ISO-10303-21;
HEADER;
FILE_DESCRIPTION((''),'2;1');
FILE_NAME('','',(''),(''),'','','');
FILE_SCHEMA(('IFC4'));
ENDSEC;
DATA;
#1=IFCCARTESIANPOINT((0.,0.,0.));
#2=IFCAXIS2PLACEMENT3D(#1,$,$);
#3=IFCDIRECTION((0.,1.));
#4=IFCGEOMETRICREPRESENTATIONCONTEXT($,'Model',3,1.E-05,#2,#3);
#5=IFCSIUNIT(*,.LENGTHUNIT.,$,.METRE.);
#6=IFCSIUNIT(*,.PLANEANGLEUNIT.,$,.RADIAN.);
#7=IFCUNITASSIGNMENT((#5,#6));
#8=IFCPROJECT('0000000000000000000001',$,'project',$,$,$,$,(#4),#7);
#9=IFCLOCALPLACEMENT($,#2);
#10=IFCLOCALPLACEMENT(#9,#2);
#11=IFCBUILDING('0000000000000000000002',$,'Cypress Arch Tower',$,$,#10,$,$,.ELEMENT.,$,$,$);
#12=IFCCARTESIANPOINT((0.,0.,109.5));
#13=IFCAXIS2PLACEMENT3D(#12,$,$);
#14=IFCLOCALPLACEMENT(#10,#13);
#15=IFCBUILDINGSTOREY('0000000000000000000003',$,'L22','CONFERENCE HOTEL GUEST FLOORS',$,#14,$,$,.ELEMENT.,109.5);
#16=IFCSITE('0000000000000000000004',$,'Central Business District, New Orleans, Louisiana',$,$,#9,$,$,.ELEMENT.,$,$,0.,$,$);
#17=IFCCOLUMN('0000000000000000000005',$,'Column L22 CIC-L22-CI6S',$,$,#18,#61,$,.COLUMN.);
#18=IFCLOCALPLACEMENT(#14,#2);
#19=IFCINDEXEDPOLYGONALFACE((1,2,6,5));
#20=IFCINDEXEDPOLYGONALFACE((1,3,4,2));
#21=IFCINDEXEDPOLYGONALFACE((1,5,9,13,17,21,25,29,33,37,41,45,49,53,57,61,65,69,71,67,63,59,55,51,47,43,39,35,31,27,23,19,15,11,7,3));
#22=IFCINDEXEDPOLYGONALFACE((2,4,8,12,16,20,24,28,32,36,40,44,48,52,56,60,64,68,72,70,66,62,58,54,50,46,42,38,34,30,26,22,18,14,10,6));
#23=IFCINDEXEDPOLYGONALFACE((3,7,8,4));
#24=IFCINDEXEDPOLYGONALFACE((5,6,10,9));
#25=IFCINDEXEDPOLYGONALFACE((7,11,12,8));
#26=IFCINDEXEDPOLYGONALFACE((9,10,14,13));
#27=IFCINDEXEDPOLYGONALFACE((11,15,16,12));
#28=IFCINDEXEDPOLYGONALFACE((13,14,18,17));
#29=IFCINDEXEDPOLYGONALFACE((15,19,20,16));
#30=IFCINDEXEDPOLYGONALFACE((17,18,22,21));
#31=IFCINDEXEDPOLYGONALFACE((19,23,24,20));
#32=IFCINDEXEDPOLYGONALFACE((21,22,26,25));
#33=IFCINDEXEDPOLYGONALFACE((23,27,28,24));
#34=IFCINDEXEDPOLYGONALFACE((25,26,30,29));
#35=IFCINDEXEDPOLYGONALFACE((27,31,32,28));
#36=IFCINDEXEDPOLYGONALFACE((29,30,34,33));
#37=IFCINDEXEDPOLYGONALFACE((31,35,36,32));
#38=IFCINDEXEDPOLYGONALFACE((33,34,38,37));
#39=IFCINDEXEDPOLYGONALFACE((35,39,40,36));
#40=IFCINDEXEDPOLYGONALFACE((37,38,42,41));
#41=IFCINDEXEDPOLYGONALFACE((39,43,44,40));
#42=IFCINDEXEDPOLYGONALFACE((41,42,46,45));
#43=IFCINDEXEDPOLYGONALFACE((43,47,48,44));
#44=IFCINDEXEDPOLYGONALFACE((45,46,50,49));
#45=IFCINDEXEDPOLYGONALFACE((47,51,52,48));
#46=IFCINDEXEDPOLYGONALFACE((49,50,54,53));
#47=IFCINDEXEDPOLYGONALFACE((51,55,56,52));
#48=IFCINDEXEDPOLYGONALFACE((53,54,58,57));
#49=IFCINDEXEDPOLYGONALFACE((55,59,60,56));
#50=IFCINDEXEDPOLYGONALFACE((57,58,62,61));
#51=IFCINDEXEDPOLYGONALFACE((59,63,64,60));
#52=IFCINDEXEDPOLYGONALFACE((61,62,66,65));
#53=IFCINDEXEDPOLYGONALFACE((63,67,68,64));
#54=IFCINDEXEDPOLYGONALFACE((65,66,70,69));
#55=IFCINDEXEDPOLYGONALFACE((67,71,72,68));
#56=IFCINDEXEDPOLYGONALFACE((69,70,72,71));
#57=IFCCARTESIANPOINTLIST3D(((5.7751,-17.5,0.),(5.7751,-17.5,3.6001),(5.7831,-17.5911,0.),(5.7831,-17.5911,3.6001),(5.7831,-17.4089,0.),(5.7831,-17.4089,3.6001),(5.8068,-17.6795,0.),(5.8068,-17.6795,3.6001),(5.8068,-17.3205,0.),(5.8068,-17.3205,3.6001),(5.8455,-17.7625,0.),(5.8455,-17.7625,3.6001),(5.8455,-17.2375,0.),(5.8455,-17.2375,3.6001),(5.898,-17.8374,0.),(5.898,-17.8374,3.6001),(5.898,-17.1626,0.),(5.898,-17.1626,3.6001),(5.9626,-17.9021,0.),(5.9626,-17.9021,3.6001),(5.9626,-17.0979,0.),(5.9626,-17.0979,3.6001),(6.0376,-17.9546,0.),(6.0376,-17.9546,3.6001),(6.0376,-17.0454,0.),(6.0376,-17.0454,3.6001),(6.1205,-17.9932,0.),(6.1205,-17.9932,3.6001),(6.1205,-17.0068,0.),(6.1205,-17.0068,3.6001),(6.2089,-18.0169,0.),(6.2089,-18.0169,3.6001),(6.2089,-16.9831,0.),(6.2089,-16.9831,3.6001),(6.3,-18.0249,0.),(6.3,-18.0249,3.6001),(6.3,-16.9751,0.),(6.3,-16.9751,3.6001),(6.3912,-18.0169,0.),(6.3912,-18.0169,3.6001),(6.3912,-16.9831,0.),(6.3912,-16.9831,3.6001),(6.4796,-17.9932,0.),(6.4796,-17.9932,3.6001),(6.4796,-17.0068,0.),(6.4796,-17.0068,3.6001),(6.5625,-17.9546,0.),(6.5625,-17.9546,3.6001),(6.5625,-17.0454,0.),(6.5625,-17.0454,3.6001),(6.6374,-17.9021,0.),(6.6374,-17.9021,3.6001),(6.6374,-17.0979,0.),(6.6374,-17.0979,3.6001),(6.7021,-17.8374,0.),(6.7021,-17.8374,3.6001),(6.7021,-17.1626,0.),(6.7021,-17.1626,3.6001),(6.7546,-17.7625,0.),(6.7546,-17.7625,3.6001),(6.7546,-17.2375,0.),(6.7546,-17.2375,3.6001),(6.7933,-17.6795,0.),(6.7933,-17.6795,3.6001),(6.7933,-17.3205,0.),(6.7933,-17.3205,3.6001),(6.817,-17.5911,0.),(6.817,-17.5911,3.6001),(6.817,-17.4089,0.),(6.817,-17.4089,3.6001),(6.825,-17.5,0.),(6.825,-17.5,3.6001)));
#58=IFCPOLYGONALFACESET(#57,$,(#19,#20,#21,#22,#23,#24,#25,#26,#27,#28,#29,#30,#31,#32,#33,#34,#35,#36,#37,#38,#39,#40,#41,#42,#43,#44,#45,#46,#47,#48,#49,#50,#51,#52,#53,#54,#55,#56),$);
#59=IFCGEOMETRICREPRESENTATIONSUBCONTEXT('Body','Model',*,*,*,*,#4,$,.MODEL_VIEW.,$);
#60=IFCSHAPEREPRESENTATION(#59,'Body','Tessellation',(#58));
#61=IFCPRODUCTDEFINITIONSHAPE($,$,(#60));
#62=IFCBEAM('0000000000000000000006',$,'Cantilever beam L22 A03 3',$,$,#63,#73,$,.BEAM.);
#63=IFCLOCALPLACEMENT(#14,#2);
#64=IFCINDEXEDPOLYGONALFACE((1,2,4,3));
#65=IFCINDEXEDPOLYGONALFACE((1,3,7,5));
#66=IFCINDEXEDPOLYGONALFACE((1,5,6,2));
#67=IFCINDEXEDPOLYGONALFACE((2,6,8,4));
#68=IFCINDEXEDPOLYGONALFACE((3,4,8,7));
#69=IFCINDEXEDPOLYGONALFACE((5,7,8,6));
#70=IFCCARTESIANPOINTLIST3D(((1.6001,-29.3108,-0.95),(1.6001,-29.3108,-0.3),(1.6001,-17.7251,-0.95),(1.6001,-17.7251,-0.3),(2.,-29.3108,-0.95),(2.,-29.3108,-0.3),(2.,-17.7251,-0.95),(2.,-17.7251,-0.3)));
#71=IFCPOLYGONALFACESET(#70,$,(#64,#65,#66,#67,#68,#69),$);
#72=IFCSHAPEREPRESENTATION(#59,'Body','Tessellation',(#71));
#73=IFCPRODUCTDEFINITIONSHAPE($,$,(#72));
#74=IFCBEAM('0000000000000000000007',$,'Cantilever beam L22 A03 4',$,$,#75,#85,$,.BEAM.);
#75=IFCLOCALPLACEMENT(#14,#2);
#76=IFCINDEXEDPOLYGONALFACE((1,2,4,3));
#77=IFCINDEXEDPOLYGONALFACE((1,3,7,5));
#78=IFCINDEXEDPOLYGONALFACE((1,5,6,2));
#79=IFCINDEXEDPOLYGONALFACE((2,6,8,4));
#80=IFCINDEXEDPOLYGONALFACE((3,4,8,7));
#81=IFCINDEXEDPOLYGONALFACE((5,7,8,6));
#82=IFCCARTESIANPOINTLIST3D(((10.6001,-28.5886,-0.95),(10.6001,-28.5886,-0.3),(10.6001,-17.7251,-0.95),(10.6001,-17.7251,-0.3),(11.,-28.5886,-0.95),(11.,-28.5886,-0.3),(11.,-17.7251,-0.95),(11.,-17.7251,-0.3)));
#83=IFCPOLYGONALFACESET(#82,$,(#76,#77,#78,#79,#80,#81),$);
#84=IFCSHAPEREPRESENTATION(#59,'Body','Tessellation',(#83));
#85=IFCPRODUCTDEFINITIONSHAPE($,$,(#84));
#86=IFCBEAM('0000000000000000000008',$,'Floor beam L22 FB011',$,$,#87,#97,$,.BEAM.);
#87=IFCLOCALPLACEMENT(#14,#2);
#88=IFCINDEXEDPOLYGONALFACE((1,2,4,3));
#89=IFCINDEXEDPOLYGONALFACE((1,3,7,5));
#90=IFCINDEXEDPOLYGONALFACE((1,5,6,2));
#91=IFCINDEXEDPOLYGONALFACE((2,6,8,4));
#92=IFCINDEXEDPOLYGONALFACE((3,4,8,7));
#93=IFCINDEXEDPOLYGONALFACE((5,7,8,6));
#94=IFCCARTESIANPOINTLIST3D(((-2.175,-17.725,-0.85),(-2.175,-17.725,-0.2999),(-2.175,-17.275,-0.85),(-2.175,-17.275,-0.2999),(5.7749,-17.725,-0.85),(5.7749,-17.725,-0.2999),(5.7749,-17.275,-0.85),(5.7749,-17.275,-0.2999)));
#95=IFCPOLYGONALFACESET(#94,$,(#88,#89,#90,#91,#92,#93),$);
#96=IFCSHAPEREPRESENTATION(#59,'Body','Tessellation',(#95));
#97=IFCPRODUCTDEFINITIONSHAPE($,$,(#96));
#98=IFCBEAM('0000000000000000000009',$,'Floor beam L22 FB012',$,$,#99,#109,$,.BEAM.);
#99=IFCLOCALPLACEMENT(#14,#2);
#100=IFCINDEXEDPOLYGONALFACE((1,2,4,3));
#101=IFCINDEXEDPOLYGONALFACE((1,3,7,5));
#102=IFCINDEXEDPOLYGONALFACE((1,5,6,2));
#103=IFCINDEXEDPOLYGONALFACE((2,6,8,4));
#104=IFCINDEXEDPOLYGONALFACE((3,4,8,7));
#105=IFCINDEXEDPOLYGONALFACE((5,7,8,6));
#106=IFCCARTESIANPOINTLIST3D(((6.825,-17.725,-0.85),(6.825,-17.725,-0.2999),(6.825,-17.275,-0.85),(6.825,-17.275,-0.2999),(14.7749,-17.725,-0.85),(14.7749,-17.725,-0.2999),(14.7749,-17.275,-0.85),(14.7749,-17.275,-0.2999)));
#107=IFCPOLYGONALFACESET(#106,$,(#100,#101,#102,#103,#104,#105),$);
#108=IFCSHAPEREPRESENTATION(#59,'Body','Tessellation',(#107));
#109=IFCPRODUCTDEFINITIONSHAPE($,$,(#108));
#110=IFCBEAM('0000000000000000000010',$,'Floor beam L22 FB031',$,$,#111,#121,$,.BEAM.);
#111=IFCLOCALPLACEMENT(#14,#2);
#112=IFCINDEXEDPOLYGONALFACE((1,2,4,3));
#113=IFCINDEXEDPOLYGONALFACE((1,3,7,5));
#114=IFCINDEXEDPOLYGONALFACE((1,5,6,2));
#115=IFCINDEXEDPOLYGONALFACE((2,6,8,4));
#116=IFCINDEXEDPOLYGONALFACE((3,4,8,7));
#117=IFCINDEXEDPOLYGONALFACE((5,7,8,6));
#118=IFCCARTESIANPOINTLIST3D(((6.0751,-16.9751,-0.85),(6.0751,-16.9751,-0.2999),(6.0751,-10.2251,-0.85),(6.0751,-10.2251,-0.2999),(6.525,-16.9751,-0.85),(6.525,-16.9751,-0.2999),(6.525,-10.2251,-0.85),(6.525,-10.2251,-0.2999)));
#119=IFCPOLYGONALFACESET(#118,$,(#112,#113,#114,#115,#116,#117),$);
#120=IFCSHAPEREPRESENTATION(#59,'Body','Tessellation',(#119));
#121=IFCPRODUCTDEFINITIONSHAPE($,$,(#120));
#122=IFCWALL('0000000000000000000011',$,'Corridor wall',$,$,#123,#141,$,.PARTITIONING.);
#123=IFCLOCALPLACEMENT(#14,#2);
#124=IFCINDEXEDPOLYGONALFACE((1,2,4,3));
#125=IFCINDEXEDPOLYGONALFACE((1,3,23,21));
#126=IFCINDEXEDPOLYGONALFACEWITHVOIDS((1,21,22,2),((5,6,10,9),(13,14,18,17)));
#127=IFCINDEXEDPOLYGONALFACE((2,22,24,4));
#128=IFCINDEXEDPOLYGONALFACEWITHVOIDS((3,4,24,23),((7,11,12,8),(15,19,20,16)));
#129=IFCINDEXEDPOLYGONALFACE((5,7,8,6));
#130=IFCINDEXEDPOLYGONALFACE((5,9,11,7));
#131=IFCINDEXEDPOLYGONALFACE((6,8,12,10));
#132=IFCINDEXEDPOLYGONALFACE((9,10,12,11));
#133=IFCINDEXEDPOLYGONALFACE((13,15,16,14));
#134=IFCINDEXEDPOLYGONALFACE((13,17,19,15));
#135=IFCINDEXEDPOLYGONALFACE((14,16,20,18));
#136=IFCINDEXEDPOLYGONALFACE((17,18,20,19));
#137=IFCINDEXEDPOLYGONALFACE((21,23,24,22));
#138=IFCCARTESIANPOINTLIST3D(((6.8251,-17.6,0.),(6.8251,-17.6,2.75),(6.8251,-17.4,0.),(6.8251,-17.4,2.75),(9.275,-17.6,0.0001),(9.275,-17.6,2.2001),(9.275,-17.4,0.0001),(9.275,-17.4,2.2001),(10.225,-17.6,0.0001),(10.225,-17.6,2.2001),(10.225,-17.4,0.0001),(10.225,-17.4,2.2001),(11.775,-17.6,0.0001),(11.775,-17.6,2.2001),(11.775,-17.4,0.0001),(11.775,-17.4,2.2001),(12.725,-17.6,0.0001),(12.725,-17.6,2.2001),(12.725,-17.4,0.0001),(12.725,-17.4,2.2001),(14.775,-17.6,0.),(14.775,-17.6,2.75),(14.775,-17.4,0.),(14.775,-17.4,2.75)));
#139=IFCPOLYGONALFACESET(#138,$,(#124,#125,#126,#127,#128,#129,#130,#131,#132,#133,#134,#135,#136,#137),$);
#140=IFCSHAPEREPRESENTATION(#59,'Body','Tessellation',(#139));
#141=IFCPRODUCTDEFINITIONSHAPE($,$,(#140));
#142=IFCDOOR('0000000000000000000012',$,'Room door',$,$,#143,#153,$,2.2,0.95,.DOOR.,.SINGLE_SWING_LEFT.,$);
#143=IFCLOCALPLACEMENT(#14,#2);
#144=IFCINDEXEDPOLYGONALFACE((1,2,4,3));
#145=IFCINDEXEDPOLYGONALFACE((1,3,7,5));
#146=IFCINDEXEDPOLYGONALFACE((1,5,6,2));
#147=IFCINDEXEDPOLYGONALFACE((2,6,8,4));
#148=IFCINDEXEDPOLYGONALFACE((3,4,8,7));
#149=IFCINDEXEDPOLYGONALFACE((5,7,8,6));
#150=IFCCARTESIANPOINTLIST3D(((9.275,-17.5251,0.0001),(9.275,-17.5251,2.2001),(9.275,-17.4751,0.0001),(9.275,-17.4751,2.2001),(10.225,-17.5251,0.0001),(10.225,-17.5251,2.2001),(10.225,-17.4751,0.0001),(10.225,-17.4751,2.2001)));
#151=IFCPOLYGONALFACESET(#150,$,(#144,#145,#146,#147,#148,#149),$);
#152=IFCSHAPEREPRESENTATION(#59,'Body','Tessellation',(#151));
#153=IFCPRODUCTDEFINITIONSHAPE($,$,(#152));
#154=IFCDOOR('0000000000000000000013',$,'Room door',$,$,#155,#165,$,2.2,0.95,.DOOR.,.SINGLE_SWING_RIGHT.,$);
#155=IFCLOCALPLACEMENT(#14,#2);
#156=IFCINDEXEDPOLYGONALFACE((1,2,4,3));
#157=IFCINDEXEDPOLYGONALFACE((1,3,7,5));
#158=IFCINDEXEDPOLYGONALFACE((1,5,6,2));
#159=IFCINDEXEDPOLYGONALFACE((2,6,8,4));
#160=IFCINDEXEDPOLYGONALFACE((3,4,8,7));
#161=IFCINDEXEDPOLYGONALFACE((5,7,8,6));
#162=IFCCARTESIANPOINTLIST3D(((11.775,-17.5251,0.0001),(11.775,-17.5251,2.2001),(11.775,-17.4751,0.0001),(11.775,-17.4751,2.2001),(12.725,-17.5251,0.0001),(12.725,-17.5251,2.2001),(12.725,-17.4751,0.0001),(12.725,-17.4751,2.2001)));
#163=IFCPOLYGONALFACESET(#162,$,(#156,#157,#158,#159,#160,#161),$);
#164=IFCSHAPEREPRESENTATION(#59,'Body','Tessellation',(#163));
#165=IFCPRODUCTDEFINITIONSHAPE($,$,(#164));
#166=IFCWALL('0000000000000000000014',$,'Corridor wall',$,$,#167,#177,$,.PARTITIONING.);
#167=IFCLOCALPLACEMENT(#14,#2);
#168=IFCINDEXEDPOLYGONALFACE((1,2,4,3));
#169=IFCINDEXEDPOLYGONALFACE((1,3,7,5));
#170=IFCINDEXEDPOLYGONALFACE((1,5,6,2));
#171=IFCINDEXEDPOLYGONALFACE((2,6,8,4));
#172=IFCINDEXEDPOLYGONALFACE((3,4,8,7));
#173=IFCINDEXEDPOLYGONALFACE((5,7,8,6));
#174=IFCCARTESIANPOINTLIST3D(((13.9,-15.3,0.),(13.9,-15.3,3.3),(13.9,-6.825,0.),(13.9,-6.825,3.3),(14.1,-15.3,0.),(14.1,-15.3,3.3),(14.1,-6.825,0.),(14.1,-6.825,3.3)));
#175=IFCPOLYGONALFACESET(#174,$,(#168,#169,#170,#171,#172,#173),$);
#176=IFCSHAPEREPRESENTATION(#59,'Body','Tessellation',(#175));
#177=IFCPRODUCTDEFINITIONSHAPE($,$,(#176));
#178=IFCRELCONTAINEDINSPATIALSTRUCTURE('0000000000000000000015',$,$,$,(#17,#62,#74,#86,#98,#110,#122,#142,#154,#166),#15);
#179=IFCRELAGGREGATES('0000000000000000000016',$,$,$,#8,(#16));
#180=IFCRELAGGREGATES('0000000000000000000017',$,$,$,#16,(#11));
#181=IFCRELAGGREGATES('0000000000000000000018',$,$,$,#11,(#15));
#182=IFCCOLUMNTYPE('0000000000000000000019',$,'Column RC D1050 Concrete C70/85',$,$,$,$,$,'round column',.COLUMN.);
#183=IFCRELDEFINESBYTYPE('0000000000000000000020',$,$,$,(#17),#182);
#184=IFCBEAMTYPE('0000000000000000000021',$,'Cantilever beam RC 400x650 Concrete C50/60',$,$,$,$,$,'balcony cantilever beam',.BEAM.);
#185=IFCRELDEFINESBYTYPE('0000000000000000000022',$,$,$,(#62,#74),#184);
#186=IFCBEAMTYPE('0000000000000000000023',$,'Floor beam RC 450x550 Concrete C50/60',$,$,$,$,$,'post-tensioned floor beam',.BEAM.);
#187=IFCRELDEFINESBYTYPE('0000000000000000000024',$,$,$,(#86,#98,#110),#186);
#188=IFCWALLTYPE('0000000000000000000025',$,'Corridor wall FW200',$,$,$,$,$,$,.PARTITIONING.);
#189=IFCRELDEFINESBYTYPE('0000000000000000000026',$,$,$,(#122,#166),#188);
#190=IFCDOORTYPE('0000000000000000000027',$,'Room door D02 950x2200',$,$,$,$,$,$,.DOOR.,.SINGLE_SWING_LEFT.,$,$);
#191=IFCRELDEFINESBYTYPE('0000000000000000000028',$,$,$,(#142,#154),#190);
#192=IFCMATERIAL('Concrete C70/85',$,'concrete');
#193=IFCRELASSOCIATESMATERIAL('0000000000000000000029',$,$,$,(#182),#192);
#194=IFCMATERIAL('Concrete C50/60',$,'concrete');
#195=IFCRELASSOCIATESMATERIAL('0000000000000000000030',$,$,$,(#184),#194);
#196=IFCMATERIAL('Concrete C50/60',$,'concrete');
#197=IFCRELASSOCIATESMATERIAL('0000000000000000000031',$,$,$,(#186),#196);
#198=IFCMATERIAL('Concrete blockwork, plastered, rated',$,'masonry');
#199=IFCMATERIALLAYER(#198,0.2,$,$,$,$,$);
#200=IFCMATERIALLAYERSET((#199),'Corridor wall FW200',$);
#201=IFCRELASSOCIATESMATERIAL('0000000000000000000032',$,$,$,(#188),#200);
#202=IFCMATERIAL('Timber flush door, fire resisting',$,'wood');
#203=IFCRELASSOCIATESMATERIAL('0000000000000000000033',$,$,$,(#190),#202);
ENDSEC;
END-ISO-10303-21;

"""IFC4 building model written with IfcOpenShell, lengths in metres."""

from ifc_helpers import new_model, si_unit, direction, frame, frame_2d, origin, origin_2d, place, context, subcontext, project, spatial, rectangle, circle, extrude, material, layer, layer_set, material_profile, profile_set, type_object, element, fill, save


model = new_model("IFC4")

# Units and contexts
model_context = context("Model", 3, precision=1e-05, world=origin(), true_north=direction((0.0, 1.0)))
body_context = subcontext(model_context, "Body", "Model", "MODEL_VIEW")
ifc_project = project(units=[si_unit("LENGTHUNIT", "METRE"), si_unit("PLANEANGLEUNIT", "RADIAN")], contexts=[model_context])

# Site, building, storey
site_placement = place(None, origin())
site = spatial("IfcSite", under=ifc_project, at=site_placement, Name="Central Business District, New Orleans, Louisiana", CompositionType="ELEMENT", RefElevation=0.0)
building_placement = place(site_placement, origin())
building = spatial("IfcBuilding", under=site, at=building_placement, Name="Cypress Arch Tower", CompositionType="ELEMENT")
storey_placement = place(building_placement, frame((0.0, 0.0, 109.5)))
storey = spatial("IfcBuildingStorey", under=building, at=storey_placement, Name="L22", Description="CONFERENCE HOTEL GUEST FLOORS", CompositionType="ELEMENT", Elevation=109.5)

# Column
ifc_material_1 = material(Name="Concrete C70/85", Category="concrete")
ifc_material_profile_1 = material_profile(ifc_material_1, circle(Radius=0.5249, at=origin_2d()), Name="RC D1050")
ifc_profile_set_1 = profile_set([ifc_material_profile_1], Name="Concrete C70/85")
column_type = type_object("IfcColumnType", Name="Column RC D1050 Concrete C70/85", ElementType="round column", PredefinedType="COLUMN", material=ifc_profile_set_1)
column_placement = place(storey_placement, frame((6.3, -17.5, 0.0), z_axis=(0.0, 0.0, 1.0), x_axis=(1.0, 0.0, 0.0)))
element("IfcColumn", 1, at=column_placement, inside=storey, type_object=column_type, Name="Column L22 CIC-L22-CI6S", PredefinedType="COLUMN", context=body_context, shape_type="SweptSolid", body=[
    extrude(circle(Radius=0.5249, at=origin_2d()), origin(), (0.0, 0.0, 1.0), 3.6001),
])

# Beams
ifc_material_2 = material(Name="Concrete C50/60", Category="concrete")
ifc_material_profile_2 = material_profile(ifc_material_2, rectangle(XDim=0.3999, YDim=0.6499, at=origin_2d()), Name="RC 400x650")
ifc_profile_set_2 = profile_set([ifc_material_profile_2], Name="Concrete C50/60")
beam_type_1 = type_object("IfcBeamType", Name="Cantilever beam RC 400x650 Concrete C50/60", ElementType="balcony cantilever beam", PredefinedType="BEAM", material=ifc_profile_set_2)
beam_1_placement = place(storey_placement, frame((1.8, -17.7251, -0.625), z_axis=(0.0, -1.0, 0.0), x_axis=(1.0, 0.0, 0.0)))
element("IfcBeam", 2, at=beam_1_placement, inside=storey, type_object=beam_type_1, Name="Cantilever beam L22 A03 3", PredefinedType="BEAM", context=body_context, shape_type="SweptSolid", body=[
    extrude(rectangle(XDim=0.3999, YDim=0.6499, at=origin_2d()), origin(), (0.0, 0.0, 1.0), 11.5857),
])
beam_2_placement = place(storey_placement, frame((10.8, -17.7251, -0.625), z_axis=(0.0, -1.0, 0.0), x_axis=(1.0, 0.0, 0.0)))
element("IfcBeam", 3, at=beam_2_placement, inside=storey, type_object=beam_type_1, Name="Cantilever beam L22 A03 4", PredefinedType="BEAM", context=body_context, shape_type="SweptSolid", body=[
    extrude(rectangle(XDim=0.3999, YDim=0.6499, at=origin_2d()), origin(), (0.0, 0.0, 1.0), 10.8635),
])
ifc_material_3 = material(Name="Concrete C50/60", Category="concrete")
ifc_material_profile_3 = material_profile(ifc_material_3, rectangle(XDim=0.45, YDim=0.55, at=origin_2d()), Name="RC 450x550")
ifc_profile_set_3 = profile_set([ifc_material_profile_3], Name="Concrete C50/60")
beam_type_2 = type_object("IfcBeamType", Name="Floor beam RC 450x550 Concrete C50/60", ElementType="post-tensioned floor beam", PredefinedType="BEAM", material=ifc_profile_set_3)
for number, where, z_axis, x_axis, name in (
    (4, (-2.175, -17.5, -0.575), (1.0, 0.0, 0.0), (0.0, 1.0, 0.0), "Floor beam L22 FB011"),
    (5, (6.825, -17.5, -0.575), (1.0, 0.0, 0.0), (0.0, 1.0, 0.0), "Floor beam L22 FB012"),
):
    element("IfcBeam", number, at=place(storey_placement, frame(where, z_axis=z_axis, x_axis=x_axis)), inside=storey, type_object=beam_type_2, Name=name, PredefinedType="BEAM", context=body_context, shape_type="SweptSolid", body=[
        extrude(rectangle(XDim=0.45, YDim=0.55, at=origin_2d()), origin(), (0.0, 0.0, 1.0), 7.95),
    ])
beam_3_placement = place(storey_placement, frame((6.3, -16.9751, -0.575), z_axis=(0.0, 1.0, 0.0), x_axis=(-1.0, 0.0, 0.0)))
element("IfcBeam", 6, at=beam_3_placement, inside=storey, type_object=beam_type_2, Name="Floor beam L22 FB031", PredefinedType="BEAM", context=body_context, shape_type="SweptSolid", body=[
    extrude(rectangle(XDim=0.45, YDim=0.55, at=origin_2d()), origin(), (0.0, 0.0, 1.0), 6.75),
])

# Shared definitions
ifc_material_4 = material(Name="Concrete blockwork, plastered, rated", Category="masonry")
ifc_layer_1 = layer(ifc_material_4, 0.2)
ifc_layer_set_1 = layer_set([ifc_layer_1], Name="Corridor wall FW200")
wall_type_1 = type_object("IfcWallType", Name="Corridor wall FW200", PredefinedType="PARTITIONING", material=ifc_layer_set_1)

# Wall, openings, doors
wall_1_placement = place(storey_placement, frame((6.825, -17.5, 0.0), z_axis=(0.0, 0.0, 1.0), x_axis=(1.0, 0.0, 0.0)))
wall_1 = element("IfcWall", 7, at=wall_1_placement, inside=storey, type_object=wall_type_1, Name="Corridor wall", PredefinedType="PARTITIONING", context=body_context, shape_type="SweptSolid", body=[
    extrude(rectangle(XDim=7.95, YDim=0.2, at=frame_2d((3.9751, 0.0))), origin(), (0.0, 0.0, 1.0), 2.75),
])
opening_1_placement = place(wall_1_placement, frame((2.45, 0.0, 0.0)))
opening_1 = element("IfcOpeningElement", 8, at=opening_1_placement, cuts=wall_1, PredefinedType="OPENING", context=body_context, shape_type="SweptSolid", body=[
    extrude(rectangle(XDim=0.95, YDim=2.2, at=frame_2d((0.4751, 1.1001))), frame((0.0, 0.1099, 0.0), z_axis=(0.0, -1.0, 0.0), x_axis=(1.0, 0.0, 0.0)), (0.0, 0.0, 1.0), 0.22),
])
opening_2_placement = place(wall_1_placement, frame((4.95, 0.0, 0.0)))
opening_2 = element("IfcOpeningElement", 9, at=opening_2_placement, cuts=wall_1, PredefinedType="OPENING", context=body_context, shape_type="SweptSolid", body=[
    extrude(rectangle(XDim=0.95, YDim=2.2, at=frame_2d((0.4751, 1.1001))), frame((0.0, 0.1099, 0.0), z_axis=(0.0, -1.0, 0.0), x_axis=(1.0, 0.0, 0.0)), (0.0, 0.0, 1.0), 0.22),
])
ifc_material_5 = material(Name="Timber flush door, fire resisting", Category="wood")
door_type_1 = type_object("IfcDoorType", Name="Room door D02 950x2200", OperationType="SINGLE_SWING_LEFT", PredefinedType="DOOR", material=ifc_material_5)
door_1_placement = place(opening_1_placement, origin())
door_1 = element("IfcDoor", 10, at=door_1_placement, inside=storey, type_object=door_type_1, Name="Room door", OperationType="SINGLE_SWING_LEFT", OverallHeight=2.2, OverallWidth=0.95, PredefinedType="DOOR", context=body_context, shape_type="SweptSolid", body=[
    extrude(rectangle(XDim=0.95, YDim=2.2, at=frame_2d((0.4751, 1.1001))), frame((0.0, 0.0249, 0.0), z_axis=(0.0, -1.0, 0.0), x_axis=(1.0, 0.0, 0.0)), (0.0, 0.0, 1.0), 0.05),
])
fill(opening_1, door_1)
door_2_placement = place(opening_2_placement, origin())
door_2 = element("IfcDoor", 11, at=door_2_placement, inside=storey, type_object=door_type_1, Name="Room door", OperationType="SINGLE_SWING_RIGHT", OverallHeight=2.2, OverallWidth=0.95, PredefinedType="DOOR", context=body_context, shape_type="SweptSolid", body=[
    extrude(rectangle(XDim=0.95, YDim=2.2, at=frame_2d((0.4751, 1.1001))), frame((0.0, 0.0249, 0.0), z_axis=(0.0, -1.0, 0.0), x_axis=(1.0, 0.0, 0.0)), (0.0, 0.0, 1.0), 0.05),
])
fill(opening_2, door_2)

# Wall
wall_2_placement = place(storey_placement, frame((14.0, -15.3, 0.0), z_axis=(0.0, 0.0, 1.0), x_axis=(0.0, 1.0, 0.0)))
element("IfcWall", 12, at=wall_2_placement, inside=storey, type_object=wall_type_1, Name="Corridor wall", PredefinedType="PARTITIONING", context=body_context, shape_type="SweptSolid", body=[
    extrude(rectangle(XDim=8.4751, YDim=0.2, at=frame_2d((4.2375, 0.0))), origin(), (0.0, 0.0, 1.0), 3.3),
])

save(model, "model.ifc")
